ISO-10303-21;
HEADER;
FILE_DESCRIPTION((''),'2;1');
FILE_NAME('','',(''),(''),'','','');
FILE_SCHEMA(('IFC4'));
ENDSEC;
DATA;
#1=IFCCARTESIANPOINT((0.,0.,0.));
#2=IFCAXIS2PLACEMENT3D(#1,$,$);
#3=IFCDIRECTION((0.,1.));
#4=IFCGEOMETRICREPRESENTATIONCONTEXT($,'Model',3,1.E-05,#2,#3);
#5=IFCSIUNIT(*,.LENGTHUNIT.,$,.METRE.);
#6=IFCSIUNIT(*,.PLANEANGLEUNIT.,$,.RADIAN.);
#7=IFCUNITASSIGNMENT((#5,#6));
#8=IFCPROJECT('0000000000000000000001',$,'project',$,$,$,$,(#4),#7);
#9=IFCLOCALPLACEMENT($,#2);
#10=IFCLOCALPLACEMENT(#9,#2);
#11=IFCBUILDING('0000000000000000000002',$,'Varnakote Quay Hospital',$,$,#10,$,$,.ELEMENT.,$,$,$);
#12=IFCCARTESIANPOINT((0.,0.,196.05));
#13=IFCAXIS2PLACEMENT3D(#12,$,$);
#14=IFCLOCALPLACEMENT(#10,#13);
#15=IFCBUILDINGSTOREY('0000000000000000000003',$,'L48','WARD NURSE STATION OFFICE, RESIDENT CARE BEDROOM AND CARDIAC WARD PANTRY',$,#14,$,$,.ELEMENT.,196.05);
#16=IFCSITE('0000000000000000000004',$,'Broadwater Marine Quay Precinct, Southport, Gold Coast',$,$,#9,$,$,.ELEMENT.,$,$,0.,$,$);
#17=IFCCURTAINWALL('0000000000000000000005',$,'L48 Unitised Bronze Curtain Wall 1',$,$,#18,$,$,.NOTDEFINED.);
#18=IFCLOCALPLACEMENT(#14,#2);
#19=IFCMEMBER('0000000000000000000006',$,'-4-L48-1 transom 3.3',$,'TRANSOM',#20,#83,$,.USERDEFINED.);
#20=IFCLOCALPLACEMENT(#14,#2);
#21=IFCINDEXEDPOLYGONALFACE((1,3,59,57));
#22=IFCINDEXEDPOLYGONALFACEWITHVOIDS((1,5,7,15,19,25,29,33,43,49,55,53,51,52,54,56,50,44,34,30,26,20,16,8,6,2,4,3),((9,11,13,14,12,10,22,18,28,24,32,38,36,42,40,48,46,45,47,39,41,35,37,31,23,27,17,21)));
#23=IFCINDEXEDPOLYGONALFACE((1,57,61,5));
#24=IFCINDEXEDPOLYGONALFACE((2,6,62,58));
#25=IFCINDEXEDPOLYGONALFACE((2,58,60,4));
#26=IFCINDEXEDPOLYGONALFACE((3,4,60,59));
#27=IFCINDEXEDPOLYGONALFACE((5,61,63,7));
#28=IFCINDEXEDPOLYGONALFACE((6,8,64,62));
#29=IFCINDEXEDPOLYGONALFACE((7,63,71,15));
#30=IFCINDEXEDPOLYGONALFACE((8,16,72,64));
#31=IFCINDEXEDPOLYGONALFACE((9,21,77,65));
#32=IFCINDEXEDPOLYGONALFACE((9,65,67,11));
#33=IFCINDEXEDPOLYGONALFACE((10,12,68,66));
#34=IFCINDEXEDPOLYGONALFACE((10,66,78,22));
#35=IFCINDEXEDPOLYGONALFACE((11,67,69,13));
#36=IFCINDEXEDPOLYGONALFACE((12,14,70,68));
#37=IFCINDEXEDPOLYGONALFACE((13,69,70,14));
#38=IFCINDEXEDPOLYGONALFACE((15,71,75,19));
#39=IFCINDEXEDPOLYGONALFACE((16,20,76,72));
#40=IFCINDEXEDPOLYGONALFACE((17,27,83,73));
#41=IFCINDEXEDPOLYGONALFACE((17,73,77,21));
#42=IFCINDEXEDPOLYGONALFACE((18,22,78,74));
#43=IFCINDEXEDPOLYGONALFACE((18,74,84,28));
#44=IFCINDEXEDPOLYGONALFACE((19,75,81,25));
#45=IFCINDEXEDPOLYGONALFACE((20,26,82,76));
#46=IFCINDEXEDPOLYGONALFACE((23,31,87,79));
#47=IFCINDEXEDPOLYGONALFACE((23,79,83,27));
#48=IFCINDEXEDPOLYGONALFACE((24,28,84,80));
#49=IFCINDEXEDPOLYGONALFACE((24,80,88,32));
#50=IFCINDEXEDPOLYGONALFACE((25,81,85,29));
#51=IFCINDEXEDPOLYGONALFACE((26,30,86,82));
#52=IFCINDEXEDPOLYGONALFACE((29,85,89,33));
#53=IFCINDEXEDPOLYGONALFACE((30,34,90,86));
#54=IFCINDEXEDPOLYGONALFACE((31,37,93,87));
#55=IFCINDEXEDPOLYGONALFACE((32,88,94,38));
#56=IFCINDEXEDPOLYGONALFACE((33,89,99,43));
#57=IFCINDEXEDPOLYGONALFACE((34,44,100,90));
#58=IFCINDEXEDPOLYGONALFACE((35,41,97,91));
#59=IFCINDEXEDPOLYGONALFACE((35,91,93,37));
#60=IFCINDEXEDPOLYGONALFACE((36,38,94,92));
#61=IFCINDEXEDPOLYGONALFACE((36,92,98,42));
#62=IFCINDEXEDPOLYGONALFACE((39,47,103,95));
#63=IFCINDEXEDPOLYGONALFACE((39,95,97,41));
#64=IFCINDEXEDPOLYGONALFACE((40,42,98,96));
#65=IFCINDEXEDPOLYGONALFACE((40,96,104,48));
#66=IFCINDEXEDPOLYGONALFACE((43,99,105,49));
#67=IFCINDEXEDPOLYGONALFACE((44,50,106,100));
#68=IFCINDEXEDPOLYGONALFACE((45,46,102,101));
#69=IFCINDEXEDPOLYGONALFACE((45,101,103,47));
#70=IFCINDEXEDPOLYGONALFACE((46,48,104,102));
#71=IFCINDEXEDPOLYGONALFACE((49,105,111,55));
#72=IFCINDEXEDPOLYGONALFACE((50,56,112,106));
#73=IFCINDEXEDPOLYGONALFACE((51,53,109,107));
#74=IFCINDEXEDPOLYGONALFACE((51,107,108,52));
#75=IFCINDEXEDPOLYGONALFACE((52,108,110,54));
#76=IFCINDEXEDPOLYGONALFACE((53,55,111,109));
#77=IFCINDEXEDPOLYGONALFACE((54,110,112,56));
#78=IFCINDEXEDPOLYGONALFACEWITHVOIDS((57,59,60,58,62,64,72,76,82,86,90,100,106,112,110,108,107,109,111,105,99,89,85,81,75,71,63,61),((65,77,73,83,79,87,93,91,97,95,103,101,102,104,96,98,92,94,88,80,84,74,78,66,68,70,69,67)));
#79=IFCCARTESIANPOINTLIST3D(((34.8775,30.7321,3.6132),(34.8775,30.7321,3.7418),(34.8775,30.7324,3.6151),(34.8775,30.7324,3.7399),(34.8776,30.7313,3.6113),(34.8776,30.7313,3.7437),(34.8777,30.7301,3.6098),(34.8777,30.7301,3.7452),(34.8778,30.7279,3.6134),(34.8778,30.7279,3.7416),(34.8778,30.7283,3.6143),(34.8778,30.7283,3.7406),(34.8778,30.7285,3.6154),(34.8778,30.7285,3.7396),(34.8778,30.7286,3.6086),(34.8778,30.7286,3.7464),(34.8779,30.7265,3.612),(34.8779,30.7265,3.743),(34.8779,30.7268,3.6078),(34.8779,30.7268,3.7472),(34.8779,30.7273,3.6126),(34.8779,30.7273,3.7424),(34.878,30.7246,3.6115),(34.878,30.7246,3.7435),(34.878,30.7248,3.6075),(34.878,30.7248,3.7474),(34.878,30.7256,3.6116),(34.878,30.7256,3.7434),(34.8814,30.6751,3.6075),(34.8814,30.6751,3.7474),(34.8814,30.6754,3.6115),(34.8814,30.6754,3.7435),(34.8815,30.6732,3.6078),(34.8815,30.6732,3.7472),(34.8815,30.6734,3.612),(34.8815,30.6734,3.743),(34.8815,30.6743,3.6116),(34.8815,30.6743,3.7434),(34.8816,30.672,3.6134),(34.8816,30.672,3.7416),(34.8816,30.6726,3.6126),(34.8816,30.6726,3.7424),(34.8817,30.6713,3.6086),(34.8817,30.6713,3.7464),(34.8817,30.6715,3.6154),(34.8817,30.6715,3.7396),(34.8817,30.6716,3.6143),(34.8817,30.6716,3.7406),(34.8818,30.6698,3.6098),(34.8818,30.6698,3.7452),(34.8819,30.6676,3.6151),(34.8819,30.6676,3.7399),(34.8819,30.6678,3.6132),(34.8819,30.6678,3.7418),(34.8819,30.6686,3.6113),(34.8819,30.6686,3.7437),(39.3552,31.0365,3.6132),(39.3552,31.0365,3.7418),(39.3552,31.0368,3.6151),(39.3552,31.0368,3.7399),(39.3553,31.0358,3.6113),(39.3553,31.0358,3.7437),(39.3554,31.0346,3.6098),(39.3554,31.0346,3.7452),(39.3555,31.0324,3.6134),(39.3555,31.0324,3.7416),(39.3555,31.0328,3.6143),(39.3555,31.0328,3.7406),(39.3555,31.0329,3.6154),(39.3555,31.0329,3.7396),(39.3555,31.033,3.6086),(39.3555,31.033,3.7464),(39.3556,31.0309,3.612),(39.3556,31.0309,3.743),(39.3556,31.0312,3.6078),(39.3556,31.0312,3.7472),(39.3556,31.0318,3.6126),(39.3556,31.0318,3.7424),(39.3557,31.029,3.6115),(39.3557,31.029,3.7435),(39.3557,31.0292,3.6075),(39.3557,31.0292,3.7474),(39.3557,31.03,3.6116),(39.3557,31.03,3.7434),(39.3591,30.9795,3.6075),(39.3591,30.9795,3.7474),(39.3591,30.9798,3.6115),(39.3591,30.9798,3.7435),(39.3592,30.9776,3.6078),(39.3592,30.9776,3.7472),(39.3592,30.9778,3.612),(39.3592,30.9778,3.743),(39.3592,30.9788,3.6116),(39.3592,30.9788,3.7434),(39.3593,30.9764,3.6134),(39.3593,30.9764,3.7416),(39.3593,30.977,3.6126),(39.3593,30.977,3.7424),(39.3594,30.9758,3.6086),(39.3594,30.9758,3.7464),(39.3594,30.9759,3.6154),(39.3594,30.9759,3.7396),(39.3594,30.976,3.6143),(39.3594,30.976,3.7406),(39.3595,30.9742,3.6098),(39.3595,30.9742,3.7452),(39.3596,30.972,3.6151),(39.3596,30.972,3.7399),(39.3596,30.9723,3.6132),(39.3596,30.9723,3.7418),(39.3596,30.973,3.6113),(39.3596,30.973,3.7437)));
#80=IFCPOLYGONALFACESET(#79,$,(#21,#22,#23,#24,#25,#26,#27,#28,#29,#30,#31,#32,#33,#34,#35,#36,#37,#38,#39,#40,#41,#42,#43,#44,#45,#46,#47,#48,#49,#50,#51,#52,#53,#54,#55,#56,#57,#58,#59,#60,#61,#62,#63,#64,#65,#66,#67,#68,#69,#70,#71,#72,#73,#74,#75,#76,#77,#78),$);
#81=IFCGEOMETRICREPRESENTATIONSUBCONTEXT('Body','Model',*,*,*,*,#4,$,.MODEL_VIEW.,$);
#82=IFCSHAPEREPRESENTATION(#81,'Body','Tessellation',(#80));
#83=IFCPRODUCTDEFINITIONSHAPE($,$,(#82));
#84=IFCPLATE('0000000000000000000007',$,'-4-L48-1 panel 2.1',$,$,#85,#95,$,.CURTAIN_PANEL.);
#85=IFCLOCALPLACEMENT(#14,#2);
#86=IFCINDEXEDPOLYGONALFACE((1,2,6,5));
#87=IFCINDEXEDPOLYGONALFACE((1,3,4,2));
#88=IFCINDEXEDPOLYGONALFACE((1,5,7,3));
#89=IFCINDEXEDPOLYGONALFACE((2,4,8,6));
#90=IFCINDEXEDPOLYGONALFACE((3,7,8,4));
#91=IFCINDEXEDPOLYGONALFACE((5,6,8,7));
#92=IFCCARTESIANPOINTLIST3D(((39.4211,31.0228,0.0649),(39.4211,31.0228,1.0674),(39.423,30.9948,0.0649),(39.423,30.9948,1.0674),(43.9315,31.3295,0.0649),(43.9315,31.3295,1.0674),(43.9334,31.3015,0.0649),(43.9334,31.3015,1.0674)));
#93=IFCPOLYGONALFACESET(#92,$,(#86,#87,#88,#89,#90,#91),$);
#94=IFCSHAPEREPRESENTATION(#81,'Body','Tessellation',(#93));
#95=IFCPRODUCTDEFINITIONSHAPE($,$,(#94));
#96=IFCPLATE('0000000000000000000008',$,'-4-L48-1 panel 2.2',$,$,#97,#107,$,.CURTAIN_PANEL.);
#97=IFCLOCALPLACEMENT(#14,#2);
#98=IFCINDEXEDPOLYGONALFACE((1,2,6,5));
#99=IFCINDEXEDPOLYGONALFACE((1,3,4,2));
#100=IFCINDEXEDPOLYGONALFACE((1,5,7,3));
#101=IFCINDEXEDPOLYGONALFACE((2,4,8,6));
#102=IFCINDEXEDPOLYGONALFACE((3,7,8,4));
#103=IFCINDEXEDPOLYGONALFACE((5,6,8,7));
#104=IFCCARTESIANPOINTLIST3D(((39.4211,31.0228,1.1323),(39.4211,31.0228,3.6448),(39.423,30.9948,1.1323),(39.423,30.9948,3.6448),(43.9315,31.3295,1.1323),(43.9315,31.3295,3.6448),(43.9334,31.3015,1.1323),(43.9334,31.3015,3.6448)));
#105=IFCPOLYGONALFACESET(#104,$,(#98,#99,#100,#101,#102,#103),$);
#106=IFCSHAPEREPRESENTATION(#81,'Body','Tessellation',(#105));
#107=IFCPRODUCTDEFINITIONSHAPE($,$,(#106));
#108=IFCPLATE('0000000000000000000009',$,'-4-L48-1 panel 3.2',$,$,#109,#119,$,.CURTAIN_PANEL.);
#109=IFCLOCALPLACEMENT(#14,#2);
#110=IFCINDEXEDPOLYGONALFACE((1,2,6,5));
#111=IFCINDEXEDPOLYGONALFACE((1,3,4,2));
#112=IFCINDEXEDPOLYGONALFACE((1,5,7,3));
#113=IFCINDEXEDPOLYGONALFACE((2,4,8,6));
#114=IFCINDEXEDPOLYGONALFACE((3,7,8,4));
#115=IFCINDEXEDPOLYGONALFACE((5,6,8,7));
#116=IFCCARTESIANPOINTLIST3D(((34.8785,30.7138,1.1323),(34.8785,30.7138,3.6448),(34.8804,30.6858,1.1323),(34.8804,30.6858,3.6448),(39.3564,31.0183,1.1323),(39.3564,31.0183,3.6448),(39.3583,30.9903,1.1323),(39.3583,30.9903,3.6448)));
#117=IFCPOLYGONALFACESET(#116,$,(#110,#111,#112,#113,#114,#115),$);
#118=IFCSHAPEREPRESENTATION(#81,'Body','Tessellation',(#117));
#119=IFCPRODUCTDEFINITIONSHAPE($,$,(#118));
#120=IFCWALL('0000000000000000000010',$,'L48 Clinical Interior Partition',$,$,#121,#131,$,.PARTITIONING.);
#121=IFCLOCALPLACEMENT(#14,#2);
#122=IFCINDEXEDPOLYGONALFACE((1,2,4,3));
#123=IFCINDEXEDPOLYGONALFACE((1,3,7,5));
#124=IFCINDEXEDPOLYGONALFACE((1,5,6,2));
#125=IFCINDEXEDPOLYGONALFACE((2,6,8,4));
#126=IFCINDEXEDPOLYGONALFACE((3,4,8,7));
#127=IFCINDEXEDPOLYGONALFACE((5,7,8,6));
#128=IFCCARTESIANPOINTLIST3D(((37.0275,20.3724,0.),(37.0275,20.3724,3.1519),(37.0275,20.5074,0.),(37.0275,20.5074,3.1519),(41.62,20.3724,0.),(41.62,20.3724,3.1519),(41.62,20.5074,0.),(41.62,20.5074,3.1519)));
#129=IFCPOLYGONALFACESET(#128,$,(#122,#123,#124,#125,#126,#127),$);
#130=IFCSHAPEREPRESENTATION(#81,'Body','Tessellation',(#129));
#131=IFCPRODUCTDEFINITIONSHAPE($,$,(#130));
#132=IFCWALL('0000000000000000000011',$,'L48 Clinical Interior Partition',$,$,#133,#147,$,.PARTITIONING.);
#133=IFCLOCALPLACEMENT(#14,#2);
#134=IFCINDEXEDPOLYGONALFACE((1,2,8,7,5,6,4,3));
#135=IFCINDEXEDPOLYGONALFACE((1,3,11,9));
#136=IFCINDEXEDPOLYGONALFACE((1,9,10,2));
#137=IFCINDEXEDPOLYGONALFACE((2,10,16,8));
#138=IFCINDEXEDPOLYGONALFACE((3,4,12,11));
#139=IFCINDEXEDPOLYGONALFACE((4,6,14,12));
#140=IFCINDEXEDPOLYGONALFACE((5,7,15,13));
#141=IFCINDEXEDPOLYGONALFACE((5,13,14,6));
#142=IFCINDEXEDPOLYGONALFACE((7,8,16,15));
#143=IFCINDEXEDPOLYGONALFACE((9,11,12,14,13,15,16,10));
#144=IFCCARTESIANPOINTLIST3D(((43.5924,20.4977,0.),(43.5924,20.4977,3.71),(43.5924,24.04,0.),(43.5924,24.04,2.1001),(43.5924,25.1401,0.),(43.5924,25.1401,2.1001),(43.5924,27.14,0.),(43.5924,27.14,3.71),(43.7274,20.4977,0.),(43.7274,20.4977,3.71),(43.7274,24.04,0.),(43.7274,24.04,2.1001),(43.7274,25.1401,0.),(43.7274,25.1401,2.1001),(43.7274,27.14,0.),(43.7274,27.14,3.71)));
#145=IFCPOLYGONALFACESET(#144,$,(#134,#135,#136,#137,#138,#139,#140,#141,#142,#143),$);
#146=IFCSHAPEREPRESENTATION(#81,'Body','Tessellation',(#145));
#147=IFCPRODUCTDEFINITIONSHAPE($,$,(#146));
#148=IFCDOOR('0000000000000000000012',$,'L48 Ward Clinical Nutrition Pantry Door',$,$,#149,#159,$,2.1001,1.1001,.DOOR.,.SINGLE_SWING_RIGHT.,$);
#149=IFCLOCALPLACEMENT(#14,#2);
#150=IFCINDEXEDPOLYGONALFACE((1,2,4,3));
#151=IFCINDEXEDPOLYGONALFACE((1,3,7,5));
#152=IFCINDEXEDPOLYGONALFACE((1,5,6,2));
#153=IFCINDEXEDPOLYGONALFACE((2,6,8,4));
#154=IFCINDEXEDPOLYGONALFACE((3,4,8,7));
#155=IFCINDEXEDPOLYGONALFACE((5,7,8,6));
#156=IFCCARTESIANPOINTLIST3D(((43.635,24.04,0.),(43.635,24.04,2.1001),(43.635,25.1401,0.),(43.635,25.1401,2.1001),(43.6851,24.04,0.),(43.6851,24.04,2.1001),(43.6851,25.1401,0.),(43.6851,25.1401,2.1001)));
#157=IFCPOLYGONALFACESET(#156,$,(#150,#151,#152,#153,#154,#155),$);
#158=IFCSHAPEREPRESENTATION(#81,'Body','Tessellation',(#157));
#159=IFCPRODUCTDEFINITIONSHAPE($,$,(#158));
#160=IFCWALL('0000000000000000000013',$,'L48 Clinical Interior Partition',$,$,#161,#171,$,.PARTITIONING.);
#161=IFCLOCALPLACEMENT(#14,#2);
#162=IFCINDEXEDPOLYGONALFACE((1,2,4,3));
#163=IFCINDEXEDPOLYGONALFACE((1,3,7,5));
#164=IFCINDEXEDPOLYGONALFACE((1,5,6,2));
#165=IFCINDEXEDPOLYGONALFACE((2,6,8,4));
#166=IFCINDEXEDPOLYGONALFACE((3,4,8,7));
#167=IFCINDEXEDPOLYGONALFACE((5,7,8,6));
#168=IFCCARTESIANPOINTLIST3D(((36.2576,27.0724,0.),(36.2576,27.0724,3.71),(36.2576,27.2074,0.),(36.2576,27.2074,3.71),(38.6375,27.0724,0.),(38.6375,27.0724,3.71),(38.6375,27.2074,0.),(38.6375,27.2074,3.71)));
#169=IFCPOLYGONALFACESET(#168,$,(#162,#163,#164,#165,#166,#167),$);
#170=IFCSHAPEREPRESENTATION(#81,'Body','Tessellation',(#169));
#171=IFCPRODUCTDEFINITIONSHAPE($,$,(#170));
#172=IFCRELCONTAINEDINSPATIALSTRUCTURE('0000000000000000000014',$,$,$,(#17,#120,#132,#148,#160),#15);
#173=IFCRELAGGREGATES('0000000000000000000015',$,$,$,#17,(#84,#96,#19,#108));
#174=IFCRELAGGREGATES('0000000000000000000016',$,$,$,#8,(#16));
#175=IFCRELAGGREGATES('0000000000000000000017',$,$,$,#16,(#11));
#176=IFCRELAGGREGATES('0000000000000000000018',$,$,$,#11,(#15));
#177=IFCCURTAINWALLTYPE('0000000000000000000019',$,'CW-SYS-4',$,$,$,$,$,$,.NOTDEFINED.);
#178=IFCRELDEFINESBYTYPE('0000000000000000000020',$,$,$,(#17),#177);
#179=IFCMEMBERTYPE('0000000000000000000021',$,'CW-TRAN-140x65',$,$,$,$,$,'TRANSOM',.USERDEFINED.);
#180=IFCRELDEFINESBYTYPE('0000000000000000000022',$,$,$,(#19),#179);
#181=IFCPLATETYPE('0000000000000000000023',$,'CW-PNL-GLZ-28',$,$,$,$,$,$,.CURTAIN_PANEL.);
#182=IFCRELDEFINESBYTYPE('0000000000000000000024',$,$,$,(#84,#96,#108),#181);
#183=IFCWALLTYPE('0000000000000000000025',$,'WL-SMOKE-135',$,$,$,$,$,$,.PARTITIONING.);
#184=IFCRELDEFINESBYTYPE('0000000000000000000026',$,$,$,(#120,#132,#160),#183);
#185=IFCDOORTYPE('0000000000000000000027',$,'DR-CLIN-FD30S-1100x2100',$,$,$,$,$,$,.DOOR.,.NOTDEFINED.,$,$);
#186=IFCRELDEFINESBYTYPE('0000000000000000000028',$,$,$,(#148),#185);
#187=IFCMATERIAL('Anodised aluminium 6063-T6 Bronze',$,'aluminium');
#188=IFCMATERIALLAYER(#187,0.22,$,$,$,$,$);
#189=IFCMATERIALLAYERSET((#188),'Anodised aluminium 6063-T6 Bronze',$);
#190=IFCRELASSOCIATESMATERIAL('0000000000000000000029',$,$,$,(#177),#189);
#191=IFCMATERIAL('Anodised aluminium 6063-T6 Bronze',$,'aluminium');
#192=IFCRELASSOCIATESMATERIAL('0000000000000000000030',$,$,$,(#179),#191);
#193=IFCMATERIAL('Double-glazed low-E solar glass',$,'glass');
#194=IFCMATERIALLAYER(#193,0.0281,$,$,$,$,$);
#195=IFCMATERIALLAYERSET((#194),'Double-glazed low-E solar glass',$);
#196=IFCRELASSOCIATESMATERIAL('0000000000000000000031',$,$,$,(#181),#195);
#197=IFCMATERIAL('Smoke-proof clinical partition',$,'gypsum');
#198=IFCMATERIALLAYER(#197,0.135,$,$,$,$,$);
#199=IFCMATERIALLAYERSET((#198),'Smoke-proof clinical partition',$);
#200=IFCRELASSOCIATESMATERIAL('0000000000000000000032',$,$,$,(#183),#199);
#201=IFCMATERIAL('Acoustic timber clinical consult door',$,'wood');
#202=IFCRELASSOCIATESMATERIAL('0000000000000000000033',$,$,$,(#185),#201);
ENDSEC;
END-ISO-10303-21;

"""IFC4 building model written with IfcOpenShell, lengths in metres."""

from ifc_helpers import new_model, si_unit, direction, frame, frame_2d, origin, origin_2d, place, context, subcontext, project, spatial, rectangle, hollow_rectangle, extrude, material, layer, layer_set, material_profile, profile_set, type_object, element, fill, aggregate, save


model = new_model("IFC4")

# Units and contexts
model_context = context("Model", 3, precision=1e-05, world=origin(), true_north=direction((0.0, 1.0)))
body_context = subcontext(model_context, "Body", "Model", "MODEL_VIEW")
ifc_project = project(units=[si_unit("LENGTHUNIT", "METRE"), si_unit("PLANEANGLEUNIT", "RADIAN")], contexts=[model_context])

# Site, building, storey
site_placement = place(None, origin())
site = spatial("IfcSite", under=ifc_project, at=site_placement, Name="Broadwater Marine Quay Precinct, Southport, Gold Coast", CompositionType="ELEMENT", RefElevation=0.0)
building_placement = place(site_placement, origin())
building = spatial("IfcBuilding", under=site, at=building_placement, Name="Varnakote Quay Hospital", CompositionType="ELEMENT")
storey_placement = place(building_placement, frame((0.0, 0.0, 196.05)))
storey = spatial("IfcBuildingStorey", under=building, at=storey_placement, Name="L48", Description="WARD NURSE STATION OFFICE, RESIDENT CARE BEDROOM AND CARDIAC WARD PANTRY", CompositionType="ELEMENT", Elevation=196.05)

# Curtain wall, member, plates
ifc_material_1 = material(Name="Anodised aluminium 6063-T6 Bronze", Category="aluminium")
ifc_layer_1 = layer(ifc_material_1, 0.22)
ifc_layer_set_1 = layer_set([ifc_layer_1], Name="Anodised aluminium 6063-T6 Bronze")
curtain_wall_type = type_object("IfcCurtainWallType", Name="CW-SYS-4", PredefinedType="NOTDEFINED", material=ifc_layer_set_1)
curtain_wall_placement = place(storey_placement, origin())
curtain_wall = element("IfcCurtainWall", 1, at=curtain_wall_placement, inside=storey, type_object=curtain_wall_type, Name="L48 Unitised Bronze Curtain Wall 1", PredefinedType="NOTDEFINED")
ifc_material_2 = material(Name="Anodised aluminium 6063-T6 Bronze", Category="aluminium")
ifc_material_profile_1 = material_profile(ifc_material_2, hollow_rectangle(XDim=0.0649, YDim=0.1399, WallThickness=0.0039, InnerFilletRadius=0.0039, OuterFilletRadius=0.0076, at=origin_2d()), Name="CW-TRAN-140x65")
ifc_profile_set_1 = profile_set([ifc_material_profile_1], Name="Anodised aluminium 6063-T6 Bronze")
member_type_1 = type_object("IfcMemberType", Name="CW-TRAN-140x65", ElementType="TRANSOM", PredefinedType="USERDEFINED", material=ifc_profile_set_1)
member_1_placement = place(storey_placement, frame((39.3574, 31.0044, 3.6775), z_axis=(-0.997697, -0.067833, 0.0), x_axis=(0.067833, -0.997697, 0.0)))
member_1 = element("IfcMember", 2, at=member_1_placement, type_object=member_type_1, Name="-4-L48-1 transom 3.3", ObjectType="TRANSOM", PredefinedType="USERDEFINED", context=body_context, shape_type="SweptSolid", body=[
    extrude(hollow_rectangle(XDim=0.0649, YDim=0.1399, WallThickness=0.0039, InnerFilletRadius=0.0039, OuterFilletRadius=0.0076, at=origin_2d()), origin(), (0.0, 0.0, 1.0), 4.488),
])
ifc_material_3 = material(Name="Double-glazed low-E solar glass", Category="glass")
ifc_layer_2 = layer(ifc_material_3, 0.0281)
ifc_layer_set_2 = layer_set([ifc_layer_2], Name="Double-glazed low-E solar glass")
plate_type = type_object("IfcPlateType", Name="CW-PNL-GLZ-28", PredefinedType="CURTAIN_PANEL", material=ifc_layer_set_2)
plate_1_placement = place(storey_placement, frame((41.6772, 31.1621, 0.0649), z_axis=(0.0, 0.0, 1.0), x_axis=(-0.997696, -0.067842, 0.0)))
plate_1 = element("IfcPlate", 3, at=plate_1_placement, type_object=plate_type, Name="-4-L48-1 panel 2.1", PredefinedType="CURTAIN_PANEL", context=body_context, shape_type="SweptSolid", body=[
    extrude(rectangle(XDim=4.5208, YDim=0.0281, at=origin_2d()), origin(), (0.0, 0.0, 1.0), 1.0024),
])
plate_2_placement = place(storey_placement, frame((41.6772, 31.1621, 1.1323), z_axis=(0.0, 0.0, 1.0), x_axis=(-0.997696, -0.067842, 0.0)))
plate_2 = element("IfcPlate", 4, at=plate_2_placement, type_object=plate_type, Name="-4-L48-1 panel 2.2", PredefinedType="CURTAIN_PANEL", context=body_context, shape_type="SweptSolid", body=[
    extrude(rectangle(XDim=4.5208, YDim=0.0281, at=origin_2d()), origin(), (0.0, 0.0, 1.0), 2.5125),
])
plate_3_placement = place(storey_placement, frame((37.1184, 30.8521, 1.1323), z_axis=(0.0, 0.0, 1.0), x_axis=(-0.997696, -0.067842, 0.0)))
plate_3 = element("IfcPlate", 5, at=plate_3_placement, type_object=plate_type, Name="-4-L48-1 panel 3.2", PredefinedType="CURTAIN_PANEL", context=body_context, shape_type="SweptSolid", body=[
    extrude(rectangle(XDim=4.4883, YDim=0.0281, at=origin_2d()), origin(), (0.0, 0.0, 1.0), 2.5125),
])
aggregate(curtain_wall, [plate_1, plate_2, member_1, plate_3])

# Wall
ifc_material_4 = material(Name="Smoke-proof clinical partition", Category="gypsum")
ifc_layer_3 = layer(ifc_material_4, 0.135)
ifc_layer_set_3 = layer_set([ifc_layer_3], Name="Smoke-proof clinical partition")
wall_type = type_object("IfcWallType", Name="WL-SMOKE-135", PredefinedType="PARTITIONING", material=ifc_layer_set_3)
wall_1_placement = place(storey_placement, frame((41.6201, 20.4399, 0.0), z_axis=(0.0, 0.0, 1.0), x_axis=(-1.0, 0.0, 0.0)))
element("IfcWall", 6, at=wall_1_placement, inside=storey, type_object=wall_type, Name="L48 Clinical Interior Partition", PredefinedType="PARTITIONING", context=body_context, shape_type="SweptSolid", body=[
    extrude(rectangle(XDim=4.5925, YDim=0.135, at=frame_2d((2.2964, 0.0))), origin(), (0.0, 0.0, 1.0), 3.1519),
])

# Wall, opening, door
wall_2_placement = place(storey_placement, frame((43.6599, 20.4976, 0.0), z_axis=(0.0, 0.0, 1.0), x_axis=(0.0, 1.0, 0.0)))
wall_2 = element("IfcWall", 7, at=wall_2_placement, inside=storey, type_object=wall_type, Name="L48 Clinical Interior Partition", PredefinedType="PARTITIONING", context=body_context, shape_type="SweptSolid", body=[
    extrude(rectangle(XDim=6.6423, YDim=0.135, at=frame_2d((3.3213, 0.0))), origin(), (0.0, 0.0, 1.0), 3.71),
])
opening_1_placement = place(wall_2_placement, frame((3.5425, 0.0, 0.0)))
opening_1 = element("IfcOpeningElement", 8, at=opening_1_placement, cuts=wall_2, PredefinedType="OPENING", context=body_context, shape_type="SweptSolid", body=[
    extrude(rectangle(XDim=1.1001, YDim=2.1001, at=frame_2d((0.55, 1.05))), frame((0.0, 0.0774, 0.0), z_axis=(0.0, -1.0, 0.0), x_axis=(1.0, 0.0, 0.0)), (0.0, 0.0, 1.0), 0.155),
])
ifc_material_5 = material(Name="Acoustic timber clinical consult door", Category="wood")
door_type = type_object("IfcDoorType", Name="DR-CLIN-FD30S-1100x2100", OperationType="NOTDEFINED", PredefinedType="DOOR", material=ifc_material_5)
door_1_placement = place(opening_1_placement, origin())
door_1 = element("IfcDoor", 9, at=door_1_placement, inside=storey, type_object=door_type, Name="L48 Ward Clinical Nutrition Pantry Door", OperationType="SINGLE_SWING_RIGHT", OverallHeight=2.1001, OverallWidth=1.1001, PredefinedType="DOOR", context=body_context, shape_type="SweptSolid", body=[
    extrude(rectangle(XDim=1.1001, YDim=2.1001, at=frame_2d((0.55, 1.05))), frame((0.0, 0.0249, 0.0), z_axis=(0.0, -1.0, 0.0), x_axis=(1.0, 0.0, 0.0)), (0.0, 0.0, 1.0), 0.05),
])
fill(opening_1, door_1)

# Wall
wall_3_placement = place(storey_placement, frame((38.6375, 27.1399, 0.0), z_axis=(0.0, 0.0, 1.0), x_axis=(-1.0, 0.0, 0.0)))
element("IfcWall", 10, at=wall_3_placement, inside=storey, type_object=wall_type, Name="L48 Clinical Interior Partition", PredefinedType="PARTITIONING", context=body_context, shape_type="SweptSolid", body=[
    extrude(rectangle(XDim=2.3799, YDim=0.135, at=frame_2d((1.1899, 0.0))), origin(), (0.0, 0.0, 1.0), 3.71),
])

save(model, "model.ifc")
